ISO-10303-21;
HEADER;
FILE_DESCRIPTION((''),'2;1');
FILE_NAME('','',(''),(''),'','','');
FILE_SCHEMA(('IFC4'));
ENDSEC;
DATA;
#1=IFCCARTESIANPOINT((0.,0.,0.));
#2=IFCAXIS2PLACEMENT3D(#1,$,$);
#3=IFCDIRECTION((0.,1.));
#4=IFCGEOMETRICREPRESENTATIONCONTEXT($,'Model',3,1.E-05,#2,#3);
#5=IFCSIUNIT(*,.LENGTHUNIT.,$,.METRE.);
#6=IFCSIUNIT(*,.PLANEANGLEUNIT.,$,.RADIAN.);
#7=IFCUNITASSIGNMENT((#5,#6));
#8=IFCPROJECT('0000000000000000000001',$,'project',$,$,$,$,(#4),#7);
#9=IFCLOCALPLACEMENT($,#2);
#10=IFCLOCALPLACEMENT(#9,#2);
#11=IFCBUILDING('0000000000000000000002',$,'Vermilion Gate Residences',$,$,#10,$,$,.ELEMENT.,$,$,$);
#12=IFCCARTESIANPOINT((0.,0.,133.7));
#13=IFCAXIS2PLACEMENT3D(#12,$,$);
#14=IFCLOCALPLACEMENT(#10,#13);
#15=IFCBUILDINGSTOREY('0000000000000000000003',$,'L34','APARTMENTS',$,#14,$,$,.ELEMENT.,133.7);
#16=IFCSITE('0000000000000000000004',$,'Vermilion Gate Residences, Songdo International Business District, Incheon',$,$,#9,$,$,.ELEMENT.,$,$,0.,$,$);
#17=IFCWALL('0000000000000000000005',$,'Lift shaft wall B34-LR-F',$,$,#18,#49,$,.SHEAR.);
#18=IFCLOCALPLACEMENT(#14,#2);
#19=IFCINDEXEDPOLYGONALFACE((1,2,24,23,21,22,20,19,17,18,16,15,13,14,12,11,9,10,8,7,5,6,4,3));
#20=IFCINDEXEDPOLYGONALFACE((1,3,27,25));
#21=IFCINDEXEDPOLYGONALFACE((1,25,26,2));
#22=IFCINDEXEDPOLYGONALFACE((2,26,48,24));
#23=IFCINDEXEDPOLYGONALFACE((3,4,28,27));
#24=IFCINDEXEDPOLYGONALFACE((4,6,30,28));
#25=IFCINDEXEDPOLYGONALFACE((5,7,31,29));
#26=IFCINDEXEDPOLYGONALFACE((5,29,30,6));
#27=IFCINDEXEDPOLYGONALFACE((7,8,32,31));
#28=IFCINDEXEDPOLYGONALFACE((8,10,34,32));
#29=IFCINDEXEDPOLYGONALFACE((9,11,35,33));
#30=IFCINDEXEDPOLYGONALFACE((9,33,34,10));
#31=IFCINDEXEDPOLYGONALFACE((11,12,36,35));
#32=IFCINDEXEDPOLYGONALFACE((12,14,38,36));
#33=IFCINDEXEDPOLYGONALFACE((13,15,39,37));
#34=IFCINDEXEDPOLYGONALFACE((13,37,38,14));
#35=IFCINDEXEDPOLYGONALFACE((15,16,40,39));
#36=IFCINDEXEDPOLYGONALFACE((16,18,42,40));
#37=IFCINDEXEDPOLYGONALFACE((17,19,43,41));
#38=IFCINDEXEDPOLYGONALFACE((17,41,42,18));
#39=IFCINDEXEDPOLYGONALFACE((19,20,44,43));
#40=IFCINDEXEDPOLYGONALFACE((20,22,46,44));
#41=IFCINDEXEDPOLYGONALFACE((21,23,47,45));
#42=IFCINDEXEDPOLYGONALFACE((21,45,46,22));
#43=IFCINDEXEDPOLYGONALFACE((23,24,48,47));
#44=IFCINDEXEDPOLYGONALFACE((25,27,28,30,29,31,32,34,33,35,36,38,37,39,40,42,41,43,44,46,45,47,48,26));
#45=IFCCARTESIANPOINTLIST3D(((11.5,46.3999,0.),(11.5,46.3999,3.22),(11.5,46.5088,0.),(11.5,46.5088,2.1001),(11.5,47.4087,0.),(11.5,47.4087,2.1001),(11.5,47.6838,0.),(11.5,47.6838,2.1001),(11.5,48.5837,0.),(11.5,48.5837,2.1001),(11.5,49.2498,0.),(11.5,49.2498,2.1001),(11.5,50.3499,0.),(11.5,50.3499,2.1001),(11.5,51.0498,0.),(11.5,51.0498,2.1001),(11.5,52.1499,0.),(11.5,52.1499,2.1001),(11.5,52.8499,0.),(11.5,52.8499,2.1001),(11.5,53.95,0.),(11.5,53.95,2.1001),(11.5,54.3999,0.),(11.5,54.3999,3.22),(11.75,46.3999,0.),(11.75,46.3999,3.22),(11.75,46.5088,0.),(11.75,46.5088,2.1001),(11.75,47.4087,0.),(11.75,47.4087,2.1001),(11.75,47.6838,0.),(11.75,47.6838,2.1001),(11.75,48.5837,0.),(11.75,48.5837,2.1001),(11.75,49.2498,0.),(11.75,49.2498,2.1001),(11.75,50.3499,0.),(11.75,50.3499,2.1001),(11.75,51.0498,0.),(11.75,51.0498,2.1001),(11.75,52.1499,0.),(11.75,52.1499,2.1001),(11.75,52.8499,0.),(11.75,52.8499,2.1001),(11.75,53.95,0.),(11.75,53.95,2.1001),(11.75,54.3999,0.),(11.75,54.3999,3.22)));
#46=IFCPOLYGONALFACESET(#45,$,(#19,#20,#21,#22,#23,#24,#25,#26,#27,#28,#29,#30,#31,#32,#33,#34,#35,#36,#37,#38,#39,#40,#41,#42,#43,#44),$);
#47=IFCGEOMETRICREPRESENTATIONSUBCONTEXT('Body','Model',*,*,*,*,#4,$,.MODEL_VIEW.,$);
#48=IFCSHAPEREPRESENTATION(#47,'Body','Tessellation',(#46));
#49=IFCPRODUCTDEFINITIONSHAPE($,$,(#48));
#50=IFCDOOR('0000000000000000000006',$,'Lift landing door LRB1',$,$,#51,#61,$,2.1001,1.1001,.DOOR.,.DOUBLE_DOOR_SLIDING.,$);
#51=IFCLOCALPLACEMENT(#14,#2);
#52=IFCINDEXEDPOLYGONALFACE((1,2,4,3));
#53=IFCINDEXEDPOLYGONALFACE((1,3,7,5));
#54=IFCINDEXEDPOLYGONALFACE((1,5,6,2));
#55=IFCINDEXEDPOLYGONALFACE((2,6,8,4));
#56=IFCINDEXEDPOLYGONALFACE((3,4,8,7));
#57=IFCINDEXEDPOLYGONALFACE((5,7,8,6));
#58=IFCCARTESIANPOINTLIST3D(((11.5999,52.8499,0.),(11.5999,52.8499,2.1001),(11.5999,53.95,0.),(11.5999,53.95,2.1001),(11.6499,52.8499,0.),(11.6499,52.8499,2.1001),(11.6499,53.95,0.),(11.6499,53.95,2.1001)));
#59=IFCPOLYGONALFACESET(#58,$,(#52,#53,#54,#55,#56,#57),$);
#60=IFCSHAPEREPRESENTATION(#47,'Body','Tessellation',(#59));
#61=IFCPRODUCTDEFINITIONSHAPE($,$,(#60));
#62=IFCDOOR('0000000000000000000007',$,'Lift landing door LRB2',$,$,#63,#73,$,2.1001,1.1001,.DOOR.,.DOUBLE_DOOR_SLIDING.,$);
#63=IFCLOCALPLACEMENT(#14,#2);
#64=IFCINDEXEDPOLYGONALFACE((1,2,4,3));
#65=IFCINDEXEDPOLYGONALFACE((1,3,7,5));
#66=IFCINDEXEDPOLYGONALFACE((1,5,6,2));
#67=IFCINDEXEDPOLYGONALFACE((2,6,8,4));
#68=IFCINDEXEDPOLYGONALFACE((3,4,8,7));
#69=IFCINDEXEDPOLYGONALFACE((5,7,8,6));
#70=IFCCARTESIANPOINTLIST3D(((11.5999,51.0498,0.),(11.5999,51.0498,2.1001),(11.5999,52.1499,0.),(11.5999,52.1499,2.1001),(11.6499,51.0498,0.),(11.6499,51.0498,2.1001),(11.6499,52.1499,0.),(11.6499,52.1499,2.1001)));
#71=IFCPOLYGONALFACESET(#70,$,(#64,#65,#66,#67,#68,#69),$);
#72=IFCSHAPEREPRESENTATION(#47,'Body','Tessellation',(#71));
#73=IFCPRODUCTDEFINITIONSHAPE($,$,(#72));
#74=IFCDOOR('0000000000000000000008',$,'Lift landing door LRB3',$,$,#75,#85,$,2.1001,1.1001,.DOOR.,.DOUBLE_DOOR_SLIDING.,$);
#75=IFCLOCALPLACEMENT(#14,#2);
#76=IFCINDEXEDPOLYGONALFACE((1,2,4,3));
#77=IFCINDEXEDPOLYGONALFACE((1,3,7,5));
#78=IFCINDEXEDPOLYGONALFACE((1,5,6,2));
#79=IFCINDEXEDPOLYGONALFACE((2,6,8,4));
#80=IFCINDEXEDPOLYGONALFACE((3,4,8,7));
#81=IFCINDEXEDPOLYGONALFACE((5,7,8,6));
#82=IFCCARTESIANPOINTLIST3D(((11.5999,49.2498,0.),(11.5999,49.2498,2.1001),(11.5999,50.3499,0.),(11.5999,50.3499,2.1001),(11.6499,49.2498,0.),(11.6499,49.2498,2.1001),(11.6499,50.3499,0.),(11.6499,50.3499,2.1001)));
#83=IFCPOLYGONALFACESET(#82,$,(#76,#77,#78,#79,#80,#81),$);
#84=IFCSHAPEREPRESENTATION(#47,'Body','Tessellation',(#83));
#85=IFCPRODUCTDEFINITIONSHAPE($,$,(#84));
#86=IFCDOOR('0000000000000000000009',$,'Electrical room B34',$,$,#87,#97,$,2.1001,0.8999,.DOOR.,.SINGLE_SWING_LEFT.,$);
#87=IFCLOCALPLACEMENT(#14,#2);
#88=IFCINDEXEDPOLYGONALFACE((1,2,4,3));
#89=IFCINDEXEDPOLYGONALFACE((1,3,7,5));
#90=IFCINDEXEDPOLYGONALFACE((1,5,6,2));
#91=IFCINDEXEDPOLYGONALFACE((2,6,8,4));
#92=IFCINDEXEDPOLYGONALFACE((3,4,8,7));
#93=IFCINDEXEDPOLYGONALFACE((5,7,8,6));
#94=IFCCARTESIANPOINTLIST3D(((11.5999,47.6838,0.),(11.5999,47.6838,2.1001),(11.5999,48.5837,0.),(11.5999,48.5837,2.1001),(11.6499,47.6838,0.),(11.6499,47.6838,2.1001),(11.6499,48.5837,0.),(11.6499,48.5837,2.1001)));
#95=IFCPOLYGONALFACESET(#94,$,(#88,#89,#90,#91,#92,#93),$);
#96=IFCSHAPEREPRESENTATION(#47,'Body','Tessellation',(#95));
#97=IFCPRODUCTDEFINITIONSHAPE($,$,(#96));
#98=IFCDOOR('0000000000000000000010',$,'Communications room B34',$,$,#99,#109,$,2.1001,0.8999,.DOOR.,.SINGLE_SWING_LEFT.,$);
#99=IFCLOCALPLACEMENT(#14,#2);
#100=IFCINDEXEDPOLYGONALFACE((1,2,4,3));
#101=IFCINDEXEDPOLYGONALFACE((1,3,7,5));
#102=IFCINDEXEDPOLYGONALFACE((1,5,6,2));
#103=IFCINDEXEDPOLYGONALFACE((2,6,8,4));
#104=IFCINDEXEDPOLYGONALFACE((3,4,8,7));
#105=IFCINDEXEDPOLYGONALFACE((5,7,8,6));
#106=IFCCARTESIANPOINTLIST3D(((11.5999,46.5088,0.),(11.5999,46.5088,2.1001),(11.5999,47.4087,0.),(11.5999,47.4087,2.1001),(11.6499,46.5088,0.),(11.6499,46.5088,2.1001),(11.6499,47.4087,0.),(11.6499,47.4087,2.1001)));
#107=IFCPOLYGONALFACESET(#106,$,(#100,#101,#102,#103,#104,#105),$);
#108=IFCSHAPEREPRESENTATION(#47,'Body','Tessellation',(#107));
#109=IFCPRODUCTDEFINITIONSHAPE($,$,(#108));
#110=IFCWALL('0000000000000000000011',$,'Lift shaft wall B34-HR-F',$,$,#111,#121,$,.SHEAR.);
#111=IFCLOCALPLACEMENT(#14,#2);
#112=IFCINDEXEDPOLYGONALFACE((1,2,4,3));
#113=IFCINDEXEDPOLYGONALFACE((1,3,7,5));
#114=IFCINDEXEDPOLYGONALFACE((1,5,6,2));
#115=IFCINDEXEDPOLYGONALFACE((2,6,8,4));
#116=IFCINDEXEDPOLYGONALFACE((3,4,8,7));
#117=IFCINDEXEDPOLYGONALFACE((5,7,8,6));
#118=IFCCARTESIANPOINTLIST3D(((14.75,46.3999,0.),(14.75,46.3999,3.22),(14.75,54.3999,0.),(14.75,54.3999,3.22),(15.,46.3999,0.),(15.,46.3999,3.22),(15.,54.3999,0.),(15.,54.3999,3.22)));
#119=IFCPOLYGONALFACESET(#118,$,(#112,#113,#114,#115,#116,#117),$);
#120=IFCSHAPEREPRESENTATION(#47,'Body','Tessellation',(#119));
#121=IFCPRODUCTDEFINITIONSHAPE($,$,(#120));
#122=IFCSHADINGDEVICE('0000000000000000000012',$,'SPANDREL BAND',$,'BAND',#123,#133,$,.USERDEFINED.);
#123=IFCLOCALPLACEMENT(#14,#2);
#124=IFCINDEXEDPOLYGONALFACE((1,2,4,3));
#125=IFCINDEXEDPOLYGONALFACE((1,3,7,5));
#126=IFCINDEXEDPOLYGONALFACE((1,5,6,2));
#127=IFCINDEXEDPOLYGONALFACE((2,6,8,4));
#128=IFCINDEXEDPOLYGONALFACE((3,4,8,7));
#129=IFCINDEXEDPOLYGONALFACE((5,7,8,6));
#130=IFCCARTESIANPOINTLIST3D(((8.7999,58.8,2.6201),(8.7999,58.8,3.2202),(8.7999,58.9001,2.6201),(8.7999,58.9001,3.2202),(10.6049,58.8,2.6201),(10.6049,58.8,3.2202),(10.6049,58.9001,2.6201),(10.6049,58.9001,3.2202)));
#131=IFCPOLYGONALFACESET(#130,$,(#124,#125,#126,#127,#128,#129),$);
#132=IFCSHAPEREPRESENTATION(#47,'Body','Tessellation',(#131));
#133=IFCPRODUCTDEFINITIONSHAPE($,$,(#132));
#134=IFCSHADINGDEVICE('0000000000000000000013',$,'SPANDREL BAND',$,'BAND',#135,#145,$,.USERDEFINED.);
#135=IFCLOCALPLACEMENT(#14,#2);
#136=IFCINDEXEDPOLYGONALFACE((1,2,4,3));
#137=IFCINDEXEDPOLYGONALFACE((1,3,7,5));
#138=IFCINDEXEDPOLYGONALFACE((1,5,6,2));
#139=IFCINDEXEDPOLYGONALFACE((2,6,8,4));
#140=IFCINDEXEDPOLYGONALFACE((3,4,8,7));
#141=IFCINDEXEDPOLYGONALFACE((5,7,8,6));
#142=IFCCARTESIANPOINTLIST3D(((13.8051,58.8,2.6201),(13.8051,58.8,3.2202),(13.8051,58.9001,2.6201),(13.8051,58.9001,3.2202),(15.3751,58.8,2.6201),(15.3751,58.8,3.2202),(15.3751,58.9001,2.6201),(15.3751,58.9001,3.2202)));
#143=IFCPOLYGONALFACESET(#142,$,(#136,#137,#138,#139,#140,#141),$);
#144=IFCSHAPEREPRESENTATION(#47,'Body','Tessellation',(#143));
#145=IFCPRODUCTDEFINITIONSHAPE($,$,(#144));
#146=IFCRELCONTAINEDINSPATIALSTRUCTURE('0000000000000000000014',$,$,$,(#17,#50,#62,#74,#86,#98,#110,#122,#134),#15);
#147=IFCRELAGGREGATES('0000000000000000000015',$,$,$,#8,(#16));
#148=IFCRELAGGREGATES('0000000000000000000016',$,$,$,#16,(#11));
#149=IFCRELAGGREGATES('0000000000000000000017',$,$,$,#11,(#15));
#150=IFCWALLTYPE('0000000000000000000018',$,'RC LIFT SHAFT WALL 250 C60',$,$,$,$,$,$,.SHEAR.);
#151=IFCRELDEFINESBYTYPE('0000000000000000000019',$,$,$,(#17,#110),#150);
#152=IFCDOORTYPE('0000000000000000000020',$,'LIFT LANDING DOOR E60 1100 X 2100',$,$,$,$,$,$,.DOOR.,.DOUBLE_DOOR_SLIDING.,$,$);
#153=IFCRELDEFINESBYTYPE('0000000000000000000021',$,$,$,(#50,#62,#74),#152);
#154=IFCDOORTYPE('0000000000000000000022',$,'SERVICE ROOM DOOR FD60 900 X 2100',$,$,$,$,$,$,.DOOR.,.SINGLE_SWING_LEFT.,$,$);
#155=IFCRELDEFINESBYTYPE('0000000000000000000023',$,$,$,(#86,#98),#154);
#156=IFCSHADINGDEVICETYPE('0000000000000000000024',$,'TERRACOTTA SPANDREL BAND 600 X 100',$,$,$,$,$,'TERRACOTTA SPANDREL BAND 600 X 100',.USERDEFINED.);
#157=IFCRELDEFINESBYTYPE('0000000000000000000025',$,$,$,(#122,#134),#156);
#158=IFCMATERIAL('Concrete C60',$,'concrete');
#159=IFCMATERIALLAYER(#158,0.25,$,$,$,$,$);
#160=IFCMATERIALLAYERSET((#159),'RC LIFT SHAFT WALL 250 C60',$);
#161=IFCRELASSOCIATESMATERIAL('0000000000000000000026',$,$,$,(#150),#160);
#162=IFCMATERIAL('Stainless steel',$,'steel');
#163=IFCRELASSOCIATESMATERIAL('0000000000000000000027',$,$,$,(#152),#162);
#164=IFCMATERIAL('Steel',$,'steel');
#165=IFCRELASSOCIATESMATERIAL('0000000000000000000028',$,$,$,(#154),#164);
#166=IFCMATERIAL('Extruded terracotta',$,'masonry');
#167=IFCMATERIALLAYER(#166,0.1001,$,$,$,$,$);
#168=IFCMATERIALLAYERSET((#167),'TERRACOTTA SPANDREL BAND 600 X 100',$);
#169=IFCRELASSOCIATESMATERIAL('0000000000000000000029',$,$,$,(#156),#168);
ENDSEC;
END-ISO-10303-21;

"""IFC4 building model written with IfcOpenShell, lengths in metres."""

from ifc_helpers import new_model, si_unit, direction, frame, frame_2d, origin, origin_2d, place, context, subcontext, project, spatial, rectangle, extrude, material, layer, layer_set, type_object, element, fill, save


model = new_model("IFC4")

# Units and contexts
model_context = context("Model", 3, precision=1e-05, world=origin(), true_north=direction((0.0, 1.0)))
body_context = subcontext(model_context, "Body", "Model", "MODEL_VIEW")
ifc_project = project(units=[si_unit("LENGTHUNIT", "METRE"), si_unit("PLANEANGLEUNIT", "RADIAN")], contexts=[model_context])

# Site, building, storey
site_placement = place(None, origin())
site = spatial("IfcSite", under=ifc_project, at=site_placement, Name="Vermilion Gate Residences, Songdo International Business District, Incheon", CompositionType="ELEMENT", RefElevation=0.0)
building_placement = place(site_placement, origin())
building = spatial("IfcBuilding", under=site, at=building_placement, Name="Vermilion Gate Residences", CompositionType="ELEMENT")
storey_placement = place(building_placement, frame((0.0, 0.0, 133.7)))
storey = spatial("IfcBuildingStorey", under=building, at=storey_placement, Name="L34", Description="APARTMENTS", CompositionType="ELEMENT", Elevation=133.7)

# Wall, openings, doors
ifc_material_1 = material(Name="Concrete C60", Category="concrete")
ifc_layer_1 = layer(ifc_material_1, 0.25)
ifc_layer_set_1 = layer_set([ifc_layer_1], Name="RC LIFT SHAFT WALL 250 C60")
wall_type_1 = type_object("IfcWallType", Name="RC LIFT SHAFT WALL 250 C60", PredefinedType="SHEAR", material=ifc_layer_set_1)
wall_1_placement = place(storey_placement, frame((11.625, 54.3999, 0.0), z_axis=(0.0, 0.0, 1.0), x_axis=(0.0, -1.0, 0.0)))
wall_1 = element("IfcWall", 1, at=wall_1_placement, inside=storey, type_object=wall_type_1, Name="Lift shaft wall B34-LR-F", PredefinedType="SHEAR", context=body_context, shape_type="SweptSolid", body=[
    extrude(rectangle(XDim=8.0, YDim=0.25, at=frame_2d((4.0, 0.0))), origin(), (0.0, 0.0, 1.0), 3.22),
])
opening_1_placement = place(wall_1_placement, frame((0.45, 0.0, 0.0)))
opening_1 = element("IfcOpeningElement", 2, at=opening_1_placement, cuts=wall_1, PredefinedType="OPENING", context=body_context, shape_type="SweptSolid", body=[
    extrude(rectangle(XDim=1.1001, YDim=2.1001, at=frame_2d((0.55, 1.05))), frame((0.0, 0.135, 0.0), z_axis=(0.0, -1.0, 0.0), x_axis=(1.0, 0.0, 0.0)), (0.0, 0.0, 1.0), 0.27),
])
opening_2_placement = place(wall_1_placement, frame((2.25, 0.0, 0.0)))
opening_2 = element("IfcOpeningElement", 3, at=opening_2_placement, cuts=wall_1, PredefinedType="OPENING", context=body_context, shape_type="SweptSolid", body=[
    extrude(rectangle(XDim=1.1001, YDim=2.1001, at=frame_2d((0.55, 1.05))), frame((0.0, 0.135, 0.0), z_axis=(0.0, -1.0, 0.0), x_axis=(1.0, 0.0, 0.0)), (0.0, 0.0, 1.0), 0.27),
])
opening_3_placement = place(wall_1_placement, frame((4.05, 0.0, 0.0)))
opening_3 = element("IfcOpeningElement", 4, at=opening_3_placement, cuts=wall_1, PredefinedType="OPENING", context=body_context, shape_type="SweptSolid", body=[
    extrude(rectangle(XDim=1.1001, YDim=2.1001, at=frame_2d((0.55, 1.05))), frame((0.0, 0.135, 0.0), z_axis=(0.0, -1.0, 0.0), x_axis=(1.0, 0.0, 0.0)), (0.0, 0.0, 1.0), 0.27),
])
opening_4_placement = place(wall_1_placement, frame((5.8162, 0.0, 0.0)))
opening_4 = element("IfcOpeningElement", 5, at=opening_4_placement, cuts=wall_1, PredefinedType="OPENING", context=body_context, shape_type="SweptSolid", body=[
    extrude(rectangle(XDim=0.8999, YDim=2.1001, at=frame_2d((0.45, 1.05))), frame((0.0, 0.135, 0.0), z_axis=(0.0, -1.0, 0.0), x_axis=(1.0, 0.0, 0.0)), (0.0, 0.0, 1.0), 0.27),
])
opening_5_placement = place(wall_1_placement, frame((6.9912, 0.0, 0.0)))
opening_5 = element("IfcOpeningElement", 6, at=opening_5_placement, cuts=wall_1, PredefinedType="OPENING", context=body_context, shape_type="SweptSolid", body=[
    extrude(rectangle(XDim=0.8999, YDim=2.1001, at=frame_2d((0.45, 1.05))), frame((0.0, 0.135, 0.0), z_axis=(0.0, -1.0, 0.0), x_axis=(1.0, 0.0, 0.0)), (0.0, 0.0, 1.0), 0.27),
])
ifc_material_2 = material(Name="Stainless steel", Category="steel")
door_type_1 = type_object("IfcDoorType", Name="LIFT LANDING DOOR E60 1100 X 2100", OperationType="DOUBLE_DOOR_SLIDING", PredefinedType="DOOR", material=ifc_material_2)
door_1_placement = place(opening_1_placement, origin())
door_1 = element("IfcDoor", 7, at=door_1_placement, inside=storey, type_object=door_type_1, Name="Lift landing door LRB1", OperationType="DOUBLE_DOOR_SLIDING", OverallHeight=2.1001, OverallWidth=1.1001, PredefinedType="DOOR", context=body_context, shape_type="SweptSolid", body=[
    extrude(rectangle(XDim=1.1001, YDim=2.1001, at=frame_2d((0.55, 1.05))), frame((0.0, 0.0249, 0.0), z_axis=(0.0, -1.0, 0.0), x_axis=(1.0, 0.0, 0.0)), (0.0, 0.0, 1.0), 0.05),
])
fill(opening_1, door_1)
door_2_placement = place(opening_2_placement, origin())
door_2 = element("IfcDoor", 8, at=door_2_placement, inside=storey, type_object=door_type_1, Name="Lift landing door LRB2", OperationType="DOUBLE_DOOR_SLIDING", OverallHeight=2.1001, OverallWidth=1.1001, PredefinedType="DOOR", context=body_context, shape_type="SweptSolid", body=[
    extrude(rectangle(XDim=1.1001, YDim=2.1001, at=frame_2d((0.55, 1.05))), frame((0.0, 0.0249, 0.0), z_axis=(0.0, -1.0, 0.0), x_axis=(1.0, 0.0, 0.0)), (0.0, 0.0, 1.0), 0.05),
])
fill(opening_2, door_2)
door_3_placement = place(opening_3_placement, origin())
door_3 = element("IfcDoor", 9, at=door_3_placement, inside=storey, type_object=door_type_1, Name="Lift landing door LRB3", OperationType="DOUBLE_DOOR_SLIDING", OverallHeight=2.1001, OverallWidth=1.1001, PredefinedType="DOOR", context=body_context, shape_type="SweptSolid", body=[
    extrude(rectangle(XDim=1.1001, YDim=2.1001, at=frame_2d((0.55, 1.05))), frame((0.0, 0.0249, 0.0), z_axis=(0.0, -1.0, 0.0), x_axis=(1.0, 0.0, 0.0)), (0.0, 0.0, 1.0), 0.05),
])
fill(opening_3, door_3)
ifc_material_3 = material(Name="Steel", Category="steel")
door_type_2 = type_object("IfcDoorType", Name="SERVICE ROOM DOOR FD60 900 X 2100", OperationType="SINGLE_SWING_LEFT", PredefinedType="DOOR", material=ifc_material_3)
door_4_placement = place(opening_4_placement, origin())
door_4 = element("IfcDoor", 10, at=door_4_placement, inside=storey, type_object=door_type_2, Name="Electrical room B34", OperationType="SINGLE_SWING_LEFT", OverallHeight=2.1001, OverallWidth=0.8999, PredefinedType="DOOR", context=body_context, shape_type="SweptSolid", body=[
    extrude(rectangle(XDim=0.8999, YDim=2.1001, at=frame_2d((0.45, 1.05))), frame((0.0, 0.0249, 0.0), z_axis=(0.0, -1.0, 0.0), x_axis=(1.0, 0.0, 0.0)), (0.0, 0.0, 1.0), 0.05),
])
fill(opening_4, door_4)
door_5_placement = place(opening_5_placement, origin())
door_5 = element("IfcDoor", 11, at=door_5_placement, inside=storey, type_object=door_type_2, Name="Communications room B34", OperationType="SINGLE_SWING_LEFT", OverallHeight=2.1001, OverallWidth=0.8999, PredefinedType="DOOR", context=body_context, shape_type="SweptSolid", body=[
    extrude(rectangle(XDim=0.8999, YDim=2.1001, at=frame_2d((0.45, 1.05))), frame((0.0, 0.0249, 0.0), z_axis=(0.0, -1.0, 0.0), x_axis=(1.0, 0.0, 0.0)), (0.0, 0.0, 1.0), 0.05),
])
fill(opening_5, door_5)

# Wall
wall_2_placement = place(storey_placement, frame((14.875, 54.3999, 0.0), z_axis=(0.0, 0.0, 1.0), x_axis=(0.0, -1.0, 0.0)))
element("IfcWall", 12, at=wall_2_placement, inside=storey, type_object=wall_type_1, Name="Lift shaft wall B34-HR-F", PredefinedType="SHEAR", context=body_context, shape_type="SweptSolid", body=[
    extrude(rectangle(XDim=8.0, YDim=0.25, at=frame_2d((4.0, 0.0))), origin(), (0.0, 0.0, 1.0), 3.22),
])

# Shading devices
ifc_material_4 = material(Name="Extruded terracotta", Category="masonry")
ifc_layer_2 = layer(ifc_material_4, 0.1001)
ifc_layer_set_2 = layer_set([ifc_layer_2], Name="TERRACOTTA SPANDREL BAND 600 X 100")
shading_device_type = type_object("IfcShadingDeviceType", Name="TERRACOTTA SPANDREL BAND 600 X 100", ElementType="TERRACOTTA SPANDREL BAND 600 X 100", PredefinedType="USERDEFINED", material=ifc_layer_set_2)
shading_device_1_placement = place(storey_placement, frame((9.7024, 58.8501, 2.6201), z_axis=(0.0, 0.0, 1.0), x_axis=(1.0, 0.0, 0.0)))
element("IfcShadingDevice", 13, at=shading_device_1_placement, inside=storey, type_object=shading_device_type, Name="SPANDREL BAND", ObjectType="BAND", PredefinedType="USERDEFINED", context=body_context, shape_type="SweptSolid", body=[
    extrude(rectangle(XDim=1.8049, YDim=0.1001, at=origin_2d()), origin(), (0.0, 0.0, 1.0), 0.6001),
])
shading_device_2_placement = place(storey_placement, frame((14.5901, 58.8501, 2.6201), z_axis=(0.0, 0.0, 1.0), x_axis=(1.0, 0.0, 0.0)))
element("IfcShadingDevice", 14, at=shading_device_2_placement, inside=storey, type_object=shading_device_type, Name="SPANDREL BAND", ObjectType="BAND", PredefinedType="USERDEFINED", context=body_context, shape_type="SweptSolid", body=[
    extrude(rectangle(XDim=1.5701, YDim=0.1001, at=origin_2d()), origin(), (0.0, 0.0, 1.0), 0.6001),
])

save(model, "model.ifc")
